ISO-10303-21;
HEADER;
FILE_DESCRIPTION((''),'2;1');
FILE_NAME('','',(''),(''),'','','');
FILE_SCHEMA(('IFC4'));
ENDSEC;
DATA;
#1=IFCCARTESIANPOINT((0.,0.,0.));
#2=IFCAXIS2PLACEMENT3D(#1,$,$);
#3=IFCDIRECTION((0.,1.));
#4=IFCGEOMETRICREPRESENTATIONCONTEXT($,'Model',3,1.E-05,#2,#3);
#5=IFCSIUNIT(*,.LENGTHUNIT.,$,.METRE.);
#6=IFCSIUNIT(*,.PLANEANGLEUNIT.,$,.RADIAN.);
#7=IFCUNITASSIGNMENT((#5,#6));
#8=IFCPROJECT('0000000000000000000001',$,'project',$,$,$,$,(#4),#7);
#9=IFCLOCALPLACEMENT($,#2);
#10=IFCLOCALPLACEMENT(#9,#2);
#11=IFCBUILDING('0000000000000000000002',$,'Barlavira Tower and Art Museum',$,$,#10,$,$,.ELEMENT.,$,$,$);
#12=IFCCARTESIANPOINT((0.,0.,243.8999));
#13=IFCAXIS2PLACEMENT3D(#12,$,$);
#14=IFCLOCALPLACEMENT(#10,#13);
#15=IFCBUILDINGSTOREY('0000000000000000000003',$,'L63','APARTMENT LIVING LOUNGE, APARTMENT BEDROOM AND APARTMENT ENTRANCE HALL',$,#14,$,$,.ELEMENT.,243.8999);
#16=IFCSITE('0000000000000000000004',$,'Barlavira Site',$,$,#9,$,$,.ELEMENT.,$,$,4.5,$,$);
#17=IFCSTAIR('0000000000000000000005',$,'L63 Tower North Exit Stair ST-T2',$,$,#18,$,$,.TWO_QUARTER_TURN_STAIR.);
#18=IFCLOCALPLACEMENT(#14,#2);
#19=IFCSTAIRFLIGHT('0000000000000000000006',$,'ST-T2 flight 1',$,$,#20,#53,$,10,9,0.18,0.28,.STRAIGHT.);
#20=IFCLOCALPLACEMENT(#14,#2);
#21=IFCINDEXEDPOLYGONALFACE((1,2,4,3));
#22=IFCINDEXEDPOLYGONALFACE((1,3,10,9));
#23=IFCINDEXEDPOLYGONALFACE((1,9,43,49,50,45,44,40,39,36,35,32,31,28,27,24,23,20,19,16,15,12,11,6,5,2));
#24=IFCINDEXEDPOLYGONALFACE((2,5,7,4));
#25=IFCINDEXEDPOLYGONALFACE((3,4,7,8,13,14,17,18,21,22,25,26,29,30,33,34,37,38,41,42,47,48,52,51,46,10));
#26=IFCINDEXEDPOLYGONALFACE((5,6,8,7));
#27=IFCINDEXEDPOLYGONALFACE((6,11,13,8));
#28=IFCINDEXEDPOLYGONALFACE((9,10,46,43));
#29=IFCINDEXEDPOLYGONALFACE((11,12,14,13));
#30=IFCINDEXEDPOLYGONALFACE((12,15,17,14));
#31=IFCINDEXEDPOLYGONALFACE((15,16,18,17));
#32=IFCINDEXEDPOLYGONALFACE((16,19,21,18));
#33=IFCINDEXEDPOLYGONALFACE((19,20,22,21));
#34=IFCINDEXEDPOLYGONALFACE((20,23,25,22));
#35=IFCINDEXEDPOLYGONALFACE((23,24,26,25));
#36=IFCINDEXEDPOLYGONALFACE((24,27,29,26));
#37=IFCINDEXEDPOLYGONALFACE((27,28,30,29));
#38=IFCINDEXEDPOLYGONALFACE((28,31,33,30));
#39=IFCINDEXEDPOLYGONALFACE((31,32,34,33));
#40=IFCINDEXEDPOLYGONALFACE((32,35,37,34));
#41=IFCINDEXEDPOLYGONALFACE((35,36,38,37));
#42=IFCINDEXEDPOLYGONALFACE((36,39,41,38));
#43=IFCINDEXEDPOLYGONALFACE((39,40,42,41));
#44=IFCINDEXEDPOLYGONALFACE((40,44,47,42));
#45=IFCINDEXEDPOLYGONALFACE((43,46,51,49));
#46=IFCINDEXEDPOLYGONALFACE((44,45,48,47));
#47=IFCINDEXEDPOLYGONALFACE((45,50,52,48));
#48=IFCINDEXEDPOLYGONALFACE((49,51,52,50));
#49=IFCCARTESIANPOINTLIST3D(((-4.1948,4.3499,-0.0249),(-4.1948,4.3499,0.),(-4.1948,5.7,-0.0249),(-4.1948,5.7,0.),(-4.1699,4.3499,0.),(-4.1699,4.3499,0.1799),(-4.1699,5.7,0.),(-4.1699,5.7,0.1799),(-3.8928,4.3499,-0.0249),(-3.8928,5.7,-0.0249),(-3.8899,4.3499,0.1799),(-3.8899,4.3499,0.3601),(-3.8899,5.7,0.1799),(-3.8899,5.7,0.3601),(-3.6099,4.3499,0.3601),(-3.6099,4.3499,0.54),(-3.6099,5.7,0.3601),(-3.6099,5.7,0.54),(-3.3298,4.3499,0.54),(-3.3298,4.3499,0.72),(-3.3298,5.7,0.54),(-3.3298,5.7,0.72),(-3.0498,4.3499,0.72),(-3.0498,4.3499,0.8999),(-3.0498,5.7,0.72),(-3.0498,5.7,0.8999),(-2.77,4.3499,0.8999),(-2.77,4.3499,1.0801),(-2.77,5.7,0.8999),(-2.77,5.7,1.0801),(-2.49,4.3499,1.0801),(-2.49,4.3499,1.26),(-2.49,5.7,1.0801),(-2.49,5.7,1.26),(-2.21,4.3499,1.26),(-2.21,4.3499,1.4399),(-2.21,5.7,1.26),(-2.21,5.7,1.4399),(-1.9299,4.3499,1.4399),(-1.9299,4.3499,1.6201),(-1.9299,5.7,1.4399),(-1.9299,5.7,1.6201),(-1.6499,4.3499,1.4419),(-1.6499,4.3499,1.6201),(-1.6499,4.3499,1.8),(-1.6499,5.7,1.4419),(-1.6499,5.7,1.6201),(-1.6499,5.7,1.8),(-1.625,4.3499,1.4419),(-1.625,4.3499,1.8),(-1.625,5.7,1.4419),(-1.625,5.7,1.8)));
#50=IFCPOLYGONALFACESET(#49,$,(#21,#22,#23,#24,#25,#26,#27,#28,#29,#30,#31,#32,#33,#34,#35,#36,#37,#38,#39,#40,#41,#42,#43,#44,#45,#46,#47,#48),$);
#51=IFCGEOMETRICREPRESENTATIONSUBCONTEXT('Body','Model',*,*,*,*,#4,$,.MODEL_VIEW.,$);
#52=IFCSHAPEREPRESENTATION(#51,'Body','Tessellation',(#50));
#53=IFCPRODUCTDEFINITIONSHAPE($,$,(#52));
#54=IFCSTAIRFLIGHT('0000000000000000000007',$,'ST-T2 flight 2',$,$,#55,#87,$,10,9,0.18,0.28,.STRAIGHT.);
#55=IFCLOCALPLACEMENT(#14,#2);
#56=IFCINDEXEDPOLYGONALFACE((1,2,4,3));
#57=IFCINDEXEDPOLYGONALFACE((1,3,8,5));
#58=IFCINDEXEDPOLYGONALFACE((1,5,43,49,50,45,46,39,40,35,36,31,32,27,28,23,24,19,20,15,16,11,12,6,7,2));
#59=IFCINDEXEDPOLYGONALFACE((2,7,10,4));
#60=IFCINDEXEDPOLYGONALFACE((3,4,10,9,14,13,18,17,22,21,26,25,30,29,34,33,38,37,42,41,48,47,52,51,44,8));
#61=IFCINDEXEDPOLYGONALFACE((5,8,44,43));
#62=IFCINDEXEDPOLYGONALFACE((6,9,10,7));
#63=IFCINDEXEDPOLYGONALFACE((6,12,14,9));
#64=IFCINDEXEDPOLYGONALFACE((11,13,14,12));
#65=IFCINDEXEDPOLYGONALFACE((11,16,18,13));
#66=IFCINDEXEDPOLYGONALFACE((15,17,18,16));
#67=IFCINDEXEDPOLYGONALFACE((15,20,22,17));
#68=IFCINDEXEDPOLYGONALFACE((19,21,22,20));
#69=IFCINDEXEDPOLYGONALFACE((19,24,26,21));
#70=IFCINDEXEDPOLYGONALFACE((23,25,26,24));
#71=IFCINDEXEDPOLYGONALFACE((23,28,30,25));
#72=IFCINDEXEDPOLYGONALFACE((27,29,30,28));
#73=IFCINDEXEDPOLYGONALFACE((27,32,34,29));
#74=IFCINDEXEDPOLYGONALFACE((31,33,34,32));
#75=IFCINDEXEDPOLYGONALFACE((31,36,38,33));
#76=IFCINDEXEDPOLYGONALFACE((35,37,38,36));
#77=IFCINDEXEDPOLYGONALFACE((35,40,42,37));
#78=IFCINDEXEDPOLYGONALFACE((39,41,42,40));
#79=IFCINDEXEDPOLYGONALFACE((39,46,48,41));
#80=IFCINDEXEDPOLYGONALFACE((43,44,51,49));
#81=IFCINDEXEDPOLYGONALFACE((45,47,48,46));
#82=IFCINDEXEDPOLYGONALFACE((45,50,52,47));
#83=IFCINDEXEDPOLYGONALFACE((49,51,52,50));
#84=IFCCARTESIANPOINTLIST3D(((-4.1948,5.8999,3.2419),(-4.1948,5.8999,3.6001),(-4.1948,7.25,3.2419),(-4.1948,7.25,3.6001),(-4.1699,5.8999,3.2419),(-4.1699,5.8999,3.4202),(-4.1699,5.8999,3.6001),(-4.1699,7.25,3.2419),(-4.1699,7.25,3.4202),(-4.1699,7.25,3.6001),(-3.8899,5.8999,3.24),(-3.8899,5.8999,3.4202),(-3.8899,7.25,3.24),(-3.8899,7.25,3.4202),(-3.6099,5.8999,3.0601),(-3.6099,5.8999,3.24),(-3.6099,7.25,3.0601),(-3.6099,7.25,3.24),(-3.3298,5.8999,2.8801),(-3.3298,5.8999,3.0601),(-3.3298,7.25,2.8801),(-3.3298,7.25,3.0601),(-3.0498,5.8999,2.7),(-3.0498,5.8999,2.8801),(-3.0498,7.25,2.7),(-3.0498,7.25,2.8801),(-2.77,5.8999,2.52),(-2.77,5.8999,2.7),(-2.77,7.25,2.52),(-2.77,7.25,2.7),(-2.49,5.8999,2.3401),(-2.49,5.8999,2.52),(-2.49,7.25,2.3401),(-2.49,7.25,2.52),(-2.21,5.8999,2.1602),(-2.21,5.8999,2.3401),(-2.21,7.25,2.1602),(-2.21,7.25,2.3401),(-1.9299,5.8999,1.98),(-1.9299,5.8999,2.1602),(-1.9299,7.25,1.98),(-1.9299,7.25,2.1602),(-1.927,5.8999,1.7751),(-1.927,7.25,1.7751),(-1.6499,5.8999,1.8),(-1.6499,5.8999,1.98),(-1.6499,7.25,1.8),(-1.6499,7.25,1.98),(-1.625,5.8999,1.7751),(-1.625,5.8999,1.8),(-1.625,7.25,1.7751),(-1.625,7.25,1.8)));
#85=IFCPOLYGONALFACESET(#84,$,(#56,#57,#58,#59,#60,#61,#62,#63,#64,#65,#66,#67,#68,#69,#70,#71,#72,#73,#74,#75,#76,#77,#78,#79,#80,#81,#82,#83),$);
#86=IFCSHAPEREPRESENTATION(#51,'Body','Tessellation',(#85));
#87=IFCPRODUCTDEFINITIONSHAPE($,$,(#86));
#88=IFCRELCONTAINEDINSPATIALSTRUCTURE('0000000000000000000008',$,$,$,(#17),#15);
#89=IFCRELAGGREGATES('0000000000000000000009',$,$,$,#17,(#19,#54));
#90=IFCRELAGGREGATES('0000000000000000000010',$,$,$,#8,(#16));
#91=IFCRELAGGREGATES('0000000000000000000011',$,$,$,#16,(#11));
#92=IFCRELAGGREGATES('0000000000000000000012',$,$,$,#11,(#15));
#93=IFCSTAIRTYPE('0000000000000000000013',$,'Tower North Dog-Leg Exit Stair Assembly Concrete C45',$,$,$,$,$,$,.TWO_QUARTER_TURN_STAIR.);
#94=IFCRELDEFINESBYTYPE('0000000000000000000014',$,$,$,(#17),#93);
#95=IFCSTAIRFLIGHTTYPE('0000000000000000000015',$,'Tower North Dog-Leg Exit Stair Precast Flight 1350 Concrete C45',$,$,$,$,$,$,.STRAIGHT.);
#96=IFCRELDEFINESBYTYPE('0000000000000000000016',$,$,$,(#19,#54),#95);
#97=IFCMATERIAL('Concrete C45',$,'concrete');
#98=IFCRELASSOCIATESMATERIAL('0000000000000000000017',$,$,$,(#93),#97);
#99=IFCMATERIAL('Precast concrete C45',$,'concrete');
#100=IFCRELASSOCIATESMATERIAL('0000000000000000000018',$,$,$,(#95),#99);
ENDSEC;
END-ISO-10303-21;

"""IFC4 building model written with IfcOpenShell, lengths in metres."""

from ifc_helpers import new_model, si_unit, direction, frame, origin, place, context, subcontext, project, spatial, polyline, outline, extrude, material, type_object, element, aggregate, save


model = new_model("IFC4")

# Units and contexts
model_context = context("Model", 3, precision=1e-05, world=origin(), true_north=direction((0.0, 1.0)))
body_context = subcontext(model_context, "Body", "Model", "MODEL_VIEW")
ifc_project = project(units=[si_unit("LENGTHUNIT", "METRE"), si_unit("PLANEANGLEUNIT", "RADIAN")], contexts=[model_context])

# Site, building, storey
site_placement = place(None, origin())
site = spatial("IfcSite", under=ifc_project, at=site_placement, Name="Barlavira Site", CompositionType="ELEMENT", RefElevation=4.5)
building_placement = place(site_placement, origin())
building = spatial("IfcBuilding", under=site, at=building_placement, Name="Barlavira Tower and Art Museum", CompositionType="ELEMENT")
storey_placement = place(building_placement, frame((0.0, 0.0, 243.8999)))
storey = spatial("IfcBuildingStorey", under=building, at=storey_placement, Name="L63", Description="APARTMENT LIVING LOUNGE, APARTMENT BEDROOM AND APARTMENT ENTRANCE HALL", CompositionType="ELEMENT", Elevation=243.8999)

# Stair, stair flights
ifc_material_1 = material(Name="Concrete C45", Category="concrete")
stair_type = type_object("IfcStairType", Name="Tower North Dog-Leg Exit Stair Assembly Concrete C45", PredefinedType="TWO_QUARTER_TURN_STAIR", material=ifc_material_1)
stair_placement = place(storey_placement, origin())
stair = element("IfcStair", 1, at=stair_placement, inside=storey, type_object=stair_type, Name="L63 Tower North Exit Stair ST-T2", PredefinedType="TWO_QUARTER_TURN_STAIR")
ifc_material_2 = material(Name="Precast concrete C45", Category="concrete")
stair_flight_type = type_object("IfcStairFlightType", Name="Tower North Dog-Leg Exit Stair Precast Flight 1350 Concrete C45", PredefinedType="STRAIGHT", material=ifc_material_2)
stair_flight_1_placement = place(storey_placement, frame((-4.1699, 5.0249, 0.0), z_axis=(0.0, 0.0, 1.0), x_axis=(1.0, 0.0, 0.0)))
stair_flight_1 = element("IfcStairFlight", 2, at=stair_flight_1_placement, type_object=stair_flight_type, Name="ST-T2 flight 1", NumberOfRisers=10, NumberOfTreads=9, PredefinedType="STRAIGHT", RiserHeight=0.18, TreadLength=0.28, context=body_context, shape_type="SweptSolid", body=[
    extrude(outline(polyline([(-0.0249, 0.0), (0.0, 0.0), (0.0, 0.1799), (0.28, 0.1799), (0.28, 0.3601), (0.5601, 0.3601), (0.5601, 0.54), (0.8401, 0.54), (0.8401, 0.72), (1.1201, 0.72), (1.1201, 0.8999), (1.3999, 0.8999), (1.3999, 1.0801), (1.6799, 1.0801), (1.6799, 1.26), (1.96, 1.26), (1.96, 1.4399), (2.24, 1.4399), (2.24, 1.6201), (2.52, 1.6201), (2.52, 1.8), (2.5449, 1.8), (2.5449, 1.4419), (2.52, 1.4419), (0.2771, -0.0249), (-0.0249, -0.0249), (-0.0249, 0.0)])), frame((0.0, 0.675, 0.0), z_axis=(0.0, -1.0, 0.0), x_axis=(1.0, 0.0, 0.0)), (0.0, 0.0, 1.0), 1.3501),
])
stair_flight_2_placement = place(storey_placement, frame((-1.6499, 6.575, 1.8), z_axis=(0.0, 0.0, 1.0), x_axis=(-1.0, 0.0, 0.0)))
stair_flight_2 = element("IfcStairFlight", 3, at=stair_flight_2_placement, type_object=stair_flight_type, Name="ST-T2 flight 2", NumberOfRisers=10, NumberOfTreads=9, PredefinedType="STRAIGHT", RiserHeight=0.18, TreadLength=0.28, context=body_context, shape_type="SweptSolid", body=[
    extrude(outline(polyline([(-0.0249, 0.0), (0.0, 0.0), (0.0, 0.1799), (0.28, 0.1799), (0.28, 0.3601), (0.5601, 0.3601), (0.5601, 0.54), (0.8401, 0.54), (0.8401, 0.72), (1.1201, 0.72), (1.1201, 0.8999), (1.3999, 0.8999), (1.3999, 1.0801), (1.6799, 1.0801), (1.6799, 1.26), (1.96, 1.26), (1.96, 1.4399), (2.24, 1.4399), (2.24, 1.6201), (2.52, 1.6201), (2.52, 1.8), (2.5449, 1.8), (2.5449, 1.4419), (2.52, 1.4419), (0.2771, -0.0249), (-0.0249, -0.0249), (-0.0249, 0.0)])), frame((0.0, 0.675, 0.0), z_axis=(0.0, -1.0, 0.0), x_axis=(1.0, 0.0, 0.0)), (0.0, 0.0, 1.0), 1.3501),
])
aggregate(stair, [stair_flight_1, stair_flight_2])

save(model, "model.ifc")
